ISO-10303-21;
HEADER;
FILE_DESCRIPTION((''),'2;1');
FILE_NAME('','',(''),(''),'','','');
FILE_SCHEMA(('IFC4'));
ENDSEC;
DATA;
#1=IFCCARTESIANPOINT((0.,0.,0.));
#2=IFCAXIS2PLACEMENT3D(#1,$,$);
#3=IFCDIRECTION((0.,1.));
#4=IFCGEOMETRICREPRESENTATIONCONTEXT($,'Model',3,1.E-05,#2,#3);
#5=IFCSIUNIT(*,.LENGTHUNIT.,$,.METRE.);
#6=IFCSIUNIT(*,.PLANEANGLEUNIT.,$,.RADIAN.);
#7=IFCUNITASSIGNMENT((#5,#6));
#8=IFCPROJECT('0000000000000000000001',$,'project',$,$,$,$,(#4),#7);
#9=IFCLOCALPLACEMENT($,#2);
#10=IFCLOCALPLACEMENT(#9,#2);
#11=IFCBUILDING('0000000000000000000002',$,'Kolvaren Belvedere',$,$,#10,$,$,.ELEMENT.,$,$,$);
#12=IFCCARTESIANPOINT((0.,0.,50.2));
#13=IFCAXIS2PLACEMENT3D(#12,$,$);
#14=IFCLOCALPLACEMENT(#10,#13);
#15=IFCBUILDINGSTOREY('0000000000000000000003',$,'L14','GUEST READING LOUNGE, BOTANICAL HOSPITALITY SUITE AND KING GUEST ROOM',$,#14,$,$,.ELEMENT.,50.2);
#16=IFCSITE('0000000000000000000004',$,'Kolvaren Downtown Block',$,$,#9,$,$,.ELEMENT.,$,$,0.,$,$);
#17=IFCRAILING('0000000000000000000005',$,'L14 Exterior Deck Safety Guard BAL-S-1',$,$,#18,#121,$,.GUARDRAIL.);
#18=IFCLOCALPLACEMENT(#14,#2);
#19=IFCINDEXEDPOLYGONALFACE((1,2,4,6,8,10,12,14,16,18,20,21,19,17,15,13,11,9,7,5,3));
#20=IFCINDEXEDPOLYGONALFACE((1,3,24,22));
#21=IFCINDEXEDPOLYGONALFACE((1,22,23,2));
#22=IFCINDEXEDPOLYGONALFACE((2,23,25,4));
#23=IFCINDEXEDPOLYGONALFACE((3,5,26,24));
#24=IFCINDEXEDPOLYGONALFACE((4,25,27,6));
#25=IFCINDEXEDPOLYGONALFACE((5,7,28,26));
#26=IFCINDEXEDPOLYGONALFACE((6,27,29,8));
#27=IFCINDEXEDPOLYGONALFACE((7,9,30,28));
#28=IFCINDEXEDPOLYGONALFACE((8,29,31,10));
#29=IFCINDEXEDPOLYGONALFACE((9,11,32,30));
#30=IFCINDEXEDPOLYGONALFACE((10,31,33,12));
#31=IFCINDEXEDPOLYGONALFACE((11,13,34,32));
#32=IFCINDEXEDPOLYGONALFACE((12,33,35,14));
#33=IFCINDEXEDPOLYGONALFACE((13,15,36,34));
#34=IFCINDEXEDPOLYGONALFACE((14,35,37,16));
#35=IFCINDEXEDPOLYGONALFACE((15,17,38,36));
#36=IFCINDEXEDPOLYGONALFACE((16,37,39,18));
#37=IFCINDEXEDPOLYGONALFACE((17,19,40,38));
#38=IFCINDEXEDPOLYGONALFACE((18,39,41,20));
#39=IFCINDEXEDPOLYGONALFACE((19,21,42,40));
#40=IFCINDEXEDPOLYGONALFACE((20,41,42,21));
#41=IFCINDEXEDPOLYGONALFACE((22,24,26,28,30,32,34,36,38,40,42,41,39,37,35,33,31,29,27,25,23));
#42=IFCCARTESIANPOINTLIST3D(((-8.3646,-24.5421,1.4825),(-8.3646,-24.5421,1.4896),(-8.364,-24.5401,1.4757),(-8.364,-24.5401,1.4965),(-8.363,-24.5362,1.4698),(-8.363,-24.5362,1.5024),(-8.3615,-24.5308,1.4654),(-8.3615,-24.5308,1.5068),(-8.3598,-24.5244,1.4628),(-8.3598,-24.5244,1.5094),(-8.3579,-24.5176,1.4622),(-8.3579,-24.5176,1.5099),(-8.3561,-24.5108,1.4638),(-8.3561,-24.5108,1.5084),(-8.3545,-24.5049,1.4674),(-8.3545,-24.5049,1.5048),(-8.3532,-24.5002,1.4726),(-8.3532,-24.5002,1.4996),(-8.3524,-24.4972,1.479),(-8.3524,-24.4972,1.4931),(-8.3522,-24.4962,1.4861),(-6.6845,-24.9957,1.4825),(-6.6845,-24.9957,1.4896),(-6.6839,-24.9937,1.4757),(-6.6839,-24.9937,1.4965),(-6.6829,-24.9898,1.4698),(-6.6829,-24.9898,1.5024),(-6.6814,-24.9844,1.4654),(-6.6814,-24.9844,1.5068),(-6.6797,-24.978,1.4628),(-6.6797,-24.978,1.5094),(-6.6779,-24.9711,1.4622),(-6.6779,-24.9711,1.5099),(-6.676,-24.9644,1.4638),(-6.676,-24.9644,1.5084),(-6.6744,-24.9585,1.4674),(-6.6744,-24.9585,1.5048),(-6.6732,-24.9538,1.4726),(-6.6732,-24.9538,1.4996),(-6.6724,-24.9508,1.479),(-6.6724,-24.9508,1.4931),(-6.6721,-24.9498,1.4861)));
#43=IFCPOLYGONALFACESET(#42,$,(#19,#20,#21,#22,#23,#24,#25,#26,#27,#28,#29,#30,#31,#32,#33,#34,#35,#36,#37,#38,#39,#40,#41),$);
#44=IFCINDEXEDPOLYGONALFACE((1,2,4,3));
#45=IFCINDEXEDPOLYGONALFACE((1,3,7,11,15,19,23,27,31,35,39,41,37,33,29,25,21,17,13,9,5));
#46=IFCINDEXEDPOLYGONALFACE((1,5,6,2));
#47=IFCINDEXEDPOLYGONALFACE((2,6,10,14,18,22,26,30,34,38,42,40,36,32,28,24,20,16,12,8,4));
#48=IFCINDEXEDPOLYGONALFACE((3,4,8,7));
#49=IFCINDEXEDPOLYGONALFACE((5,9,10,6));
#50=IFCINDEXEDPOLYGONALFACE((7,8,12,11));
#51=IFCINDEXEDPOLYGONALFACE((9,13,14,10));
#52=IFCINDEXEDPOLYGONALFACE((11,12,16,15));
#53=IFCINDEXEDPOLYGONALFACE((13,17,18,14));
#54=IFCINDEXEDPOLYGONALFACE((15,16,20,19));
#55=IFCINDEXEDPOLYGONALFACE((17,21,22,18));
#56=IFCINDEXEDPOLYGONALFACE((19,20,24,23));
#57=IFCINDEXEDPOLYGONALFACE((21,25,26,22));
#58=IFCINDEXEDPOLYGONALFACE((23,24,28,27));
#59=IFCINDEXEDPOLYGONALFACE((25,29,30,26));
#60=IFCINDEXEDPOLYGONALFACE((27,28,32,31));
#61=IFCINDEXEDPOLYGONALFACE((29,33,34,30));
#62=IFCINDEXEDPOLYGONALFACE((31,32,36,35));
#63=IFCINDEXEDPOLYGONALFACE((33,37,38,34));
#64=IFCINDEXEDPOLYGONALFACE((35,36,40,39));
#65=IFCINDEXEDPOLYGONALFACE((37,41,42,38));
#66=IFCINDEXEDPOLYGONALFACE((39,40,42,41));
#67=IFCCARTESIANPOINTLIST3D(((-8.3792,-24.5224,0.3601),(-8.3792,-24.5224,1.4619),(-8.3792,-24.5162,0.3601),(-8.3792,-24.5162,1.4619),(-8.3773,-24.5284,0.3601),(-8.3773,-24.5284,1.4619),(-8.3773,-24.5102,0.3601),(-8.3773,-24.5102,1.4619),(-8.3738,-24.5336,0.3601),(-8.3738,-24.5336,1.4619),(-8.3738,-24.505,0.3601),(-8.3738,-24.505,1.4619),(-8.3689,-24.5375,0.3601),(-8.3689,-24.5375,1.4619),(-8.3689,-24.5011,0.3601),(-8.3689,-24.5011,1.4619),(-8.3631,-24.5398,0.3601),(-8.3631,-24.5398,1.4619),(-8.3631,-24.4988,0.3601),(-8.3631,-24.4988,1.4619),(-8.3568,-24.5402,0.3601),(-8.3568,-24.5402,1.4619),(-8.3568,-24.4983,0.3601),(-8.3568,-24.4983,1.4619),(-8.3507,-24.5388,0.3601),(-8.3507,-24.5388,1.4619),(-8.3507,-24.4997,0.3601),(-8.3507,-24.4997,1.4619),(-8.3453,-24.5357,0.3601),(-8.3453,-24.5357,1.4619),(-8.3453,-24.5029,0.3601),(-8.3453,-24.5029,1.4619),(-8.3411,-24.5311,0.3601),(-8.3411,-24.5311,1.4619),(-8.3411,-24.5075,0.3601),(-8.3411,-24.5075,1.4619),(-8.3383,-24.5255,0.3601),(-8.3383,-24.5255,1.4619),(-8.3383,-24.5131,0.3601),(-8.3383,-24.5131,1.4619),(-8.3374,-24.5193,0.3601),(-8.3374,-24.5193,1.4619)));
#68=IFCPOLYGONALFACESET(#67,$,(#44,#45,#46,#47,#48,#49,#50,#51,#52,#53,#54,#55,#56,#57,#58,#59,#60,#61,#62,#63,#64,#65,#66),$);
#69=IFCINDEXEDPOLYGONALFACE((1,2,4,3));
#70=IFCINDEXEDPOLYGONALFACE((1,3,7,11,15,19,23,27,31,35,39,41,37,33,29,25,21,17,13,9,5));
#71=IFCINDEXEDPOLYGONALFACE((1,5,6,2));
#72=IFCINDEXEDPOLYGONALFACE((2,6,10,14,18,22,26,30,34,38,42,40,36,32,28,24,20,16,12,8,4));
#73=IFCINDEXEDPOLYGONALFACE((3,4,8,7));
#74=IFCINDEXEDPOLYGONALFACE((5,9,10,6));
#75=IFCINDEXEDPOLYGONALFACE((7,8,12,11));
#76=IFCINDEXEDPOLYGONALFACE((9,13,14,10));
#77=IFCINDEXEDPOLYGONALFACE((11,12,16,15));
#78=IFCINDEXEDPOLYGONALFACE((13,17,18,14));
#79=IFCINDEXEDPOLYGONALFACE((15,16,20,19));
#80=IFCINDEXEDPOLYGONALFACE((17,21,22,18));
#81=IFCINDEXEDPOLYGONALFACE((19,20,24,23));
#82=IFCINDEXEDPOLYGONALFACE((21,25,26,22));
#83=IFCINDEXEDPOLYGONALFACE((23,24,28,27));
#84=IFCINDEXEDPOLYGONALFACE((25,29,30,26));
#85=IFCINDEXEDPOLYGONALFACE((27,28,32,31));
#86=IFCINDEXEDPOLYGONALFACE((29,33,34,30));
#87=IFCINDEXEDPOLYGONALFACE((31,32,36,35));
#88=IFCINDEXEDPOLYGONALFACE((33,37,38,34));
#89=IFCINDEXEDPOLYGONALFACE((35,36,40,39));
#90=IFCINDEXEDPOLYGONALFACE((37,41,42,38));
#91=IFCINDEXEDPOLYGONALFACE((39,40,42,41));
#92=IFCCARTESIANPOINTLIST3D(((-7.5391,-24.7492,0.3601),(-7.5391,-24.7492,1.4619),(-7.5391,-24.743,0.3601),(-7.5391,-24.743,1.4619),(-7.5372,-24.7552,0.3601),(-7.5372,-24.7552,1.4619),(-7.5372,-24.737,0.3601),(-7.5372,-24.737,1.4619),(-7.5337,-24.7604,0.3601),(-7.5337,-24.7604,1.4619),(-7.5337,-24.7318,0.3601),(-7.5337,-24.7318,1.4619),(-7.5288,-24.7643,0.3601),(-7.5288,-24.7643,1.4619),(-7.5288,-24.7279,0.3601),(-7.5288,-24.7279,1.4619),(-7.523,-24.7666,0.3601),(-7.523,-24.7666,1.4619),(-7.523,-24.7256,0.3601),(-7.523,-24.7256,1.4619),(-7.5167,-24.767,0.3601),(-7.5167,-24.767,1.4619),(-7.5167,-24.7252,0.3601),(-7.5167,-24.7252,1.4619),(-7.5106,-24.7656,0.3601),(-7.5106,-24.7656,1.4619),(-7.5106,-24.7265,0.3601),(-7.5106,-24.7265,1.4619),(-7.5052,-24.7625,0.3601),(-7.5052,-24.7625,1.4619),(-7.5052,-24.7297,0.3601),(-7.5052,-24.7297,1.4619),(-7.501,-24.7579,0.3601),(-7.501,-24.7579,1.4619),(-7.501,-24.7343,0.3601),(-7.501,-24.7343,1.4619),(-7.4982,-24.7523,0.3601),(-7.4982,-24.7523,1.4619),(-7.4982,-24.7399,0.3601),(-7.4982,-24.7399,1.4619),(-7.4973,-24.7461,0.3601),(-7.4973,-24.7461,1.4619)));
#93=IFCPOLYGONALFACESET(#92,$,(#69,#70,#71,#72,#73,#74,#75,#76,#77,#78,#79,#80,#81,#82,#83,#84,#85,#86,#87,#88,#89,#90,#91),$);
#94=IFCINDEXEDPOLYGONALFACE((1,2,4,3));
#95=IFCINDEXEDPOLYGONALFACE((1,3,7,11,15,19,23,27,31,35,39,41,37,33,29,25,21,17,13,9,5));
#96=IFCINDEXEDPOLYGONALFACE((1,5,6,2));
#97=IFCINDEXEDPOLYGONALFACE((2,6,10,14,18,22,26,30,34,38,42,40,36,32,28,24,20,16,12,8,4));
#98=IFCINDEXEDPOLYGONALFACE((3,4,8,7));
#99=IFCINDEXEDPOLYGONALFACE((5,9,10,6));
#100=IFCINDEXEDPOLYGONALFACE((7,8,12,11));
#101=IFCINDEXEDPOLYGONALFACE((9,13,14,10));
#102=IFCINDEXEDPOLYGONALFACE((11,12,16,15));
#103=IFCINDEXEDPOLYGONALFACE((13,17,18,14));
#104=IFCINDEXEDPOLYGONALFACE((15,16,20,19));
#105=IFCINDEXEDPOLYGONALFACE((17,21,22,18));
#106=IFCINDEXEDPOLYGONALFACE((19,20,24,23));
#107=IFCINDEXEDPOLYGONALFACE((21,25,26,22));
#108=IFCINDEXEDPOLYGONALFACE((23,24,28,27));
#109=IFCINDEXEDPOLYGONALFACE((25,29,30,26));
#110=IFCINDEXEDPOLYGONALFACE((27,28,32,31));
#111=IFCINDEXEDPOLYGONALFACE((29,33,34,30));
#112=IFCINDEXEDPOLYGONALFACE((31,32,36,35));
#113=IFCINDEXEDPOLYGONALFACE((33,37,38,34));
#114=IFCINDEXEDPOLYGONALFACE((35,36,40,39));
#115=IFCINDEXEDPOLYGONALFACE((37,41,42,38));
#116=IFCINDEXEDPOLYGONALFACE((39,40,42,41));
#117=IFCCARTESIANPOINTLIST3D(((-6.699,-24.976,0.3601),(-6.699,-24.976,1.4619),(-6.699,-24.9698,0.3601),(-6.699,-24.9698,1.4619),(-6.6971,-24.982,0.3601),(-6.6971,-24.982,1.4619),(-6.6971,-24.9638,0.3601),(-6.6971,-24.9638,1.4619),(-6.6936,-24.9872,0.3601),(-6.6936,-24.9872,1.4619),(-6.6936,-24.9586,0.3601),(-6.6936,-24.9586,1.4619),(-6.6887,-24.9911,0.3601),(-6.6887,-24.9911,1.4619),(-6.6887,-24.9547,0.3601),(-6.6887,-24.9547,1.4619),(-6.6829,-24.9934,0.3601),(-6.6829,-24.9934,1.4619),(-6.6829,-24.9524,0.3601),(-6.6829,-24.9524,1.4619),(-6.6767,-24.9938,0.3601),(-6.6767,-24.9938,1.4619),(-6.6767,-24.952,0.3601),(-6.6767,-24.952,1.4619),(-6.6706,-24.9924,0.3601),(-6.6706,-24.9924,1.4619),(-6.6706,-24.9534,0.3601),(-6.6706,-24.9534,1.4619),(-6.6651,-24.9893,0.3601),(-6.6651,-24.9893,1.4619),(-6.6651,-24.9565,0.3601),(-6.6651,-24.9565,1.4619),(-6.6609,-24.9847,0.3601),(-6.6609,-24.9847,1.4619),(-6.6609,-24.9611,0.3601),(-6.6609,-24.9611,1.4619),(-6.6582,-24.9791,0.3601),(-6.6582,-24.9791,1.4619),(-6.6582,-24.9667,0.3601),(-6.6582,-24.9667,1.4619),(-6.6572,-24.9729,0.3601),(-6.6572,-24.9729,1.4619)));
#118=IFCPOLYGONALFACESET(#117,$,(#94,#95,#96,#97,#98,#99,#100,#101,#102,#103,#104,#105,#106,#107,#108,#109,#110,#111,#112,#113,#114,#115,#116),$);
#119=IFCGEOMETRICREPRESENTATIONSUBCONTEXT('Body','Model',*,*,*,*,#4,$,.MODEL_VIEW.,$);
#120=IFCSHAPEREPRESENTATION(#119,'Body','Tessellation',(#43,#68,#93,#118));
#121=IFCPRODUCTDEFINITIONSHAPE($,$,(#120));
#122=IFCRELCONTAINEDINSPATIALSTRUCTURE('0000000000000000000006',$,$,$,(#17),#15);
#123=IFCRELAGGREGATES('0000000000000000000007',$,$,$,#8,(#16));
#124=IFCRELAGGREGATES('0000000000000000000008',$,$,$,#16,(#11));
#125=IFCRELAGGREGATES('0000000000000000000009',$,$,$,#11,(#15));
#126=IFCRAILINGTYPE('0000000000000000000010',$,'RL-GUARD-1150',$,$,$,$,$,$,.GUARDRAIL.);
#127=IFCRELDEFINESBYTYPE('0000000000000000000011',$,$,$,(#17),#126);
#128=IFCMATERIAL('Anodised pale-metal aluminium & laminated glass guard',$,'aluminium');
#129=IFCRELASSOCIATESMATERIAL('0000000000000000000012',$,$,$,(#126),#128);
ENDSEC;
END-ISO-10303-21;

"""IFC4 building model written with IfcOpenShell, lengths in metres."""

from ifc_helpers import new_model, si_unit, direction, frame, origin, origin_2d, place, context, subcontext, project, spatial, circle, extrude, material, type_object, element, save


model = new_model("IFC4")

# Units and contexts
model_context = context("Model", 3, precision=1e-05, world=origin(), true_north=direction((0.0, 1.0)))
body_context = subcontext(model_context, "Body", "Model", "MODEL_VIEW")
ifc_project = project(units=[si_unit("LENGTHUNIT", "METRE"), si_unit("PLANEANGLEUNIT", "RADIAN")], contexts=[model_context])

# Site, building, storey
site_placement = place(None, origin())
site = spatial("IfcSite", under=ifc_project, at=site_placement, Name="Kolvaren Downtown Block", CompositionType="ELEMENT", RefElevation=0.0)
building_placement = place(site_placement, origin())
building = spatial("IfcBuilding", under=site, at=building_placement, Name="Kolvaren Belvedere", CompositionType="ELEMENT")
storey_placement = place(building_placement, frame((0.0, 0.0, 50.2)))
storey = spatial("IfcBuildingStorey", under=building, at=storey_placement, Name="L14", Description="GUEST READING LOUNGE, BOTANICAL HOSPITALITY SUITE AND KING GUEST ROOM", CompositionType="ELEMENT", Elevation=50.2)

# Railing
ifc_material_1 = material(Name="Anodised pale-metal aluminium & laminated glass guard", Category="aluminium")
railing_type = type_object("IfcRailingType", Name="RL-GUARD-1150", PredefinedType="GUARDRAIL", material=ifc_material_1)
railing_1_placement = place(storey_placement, frame((-8.3584, -24.5193, 0.3601)))
element("IfcRailing", 1, at=railing_1_placement, inside=storey, type_object=railing_type, Name="L14 Exterior Deck Safety Guard BAL-S-1", PredefinedType="GUARDRAIL", context=body_context, shape_type="SweptSolid", body=[
    extrude(circle(Radius=0.0239, at=origin_2d()), frame((0.0, 0.0, 1.126), z_axis=(0.965434, -0.260648, 0.0), x_axis=(0.260648, 0.965434, 0.0)), (0.0, 0.0, 1.0), 1.7402),
    extrude(circle(Radius=0.021, at=origin_2d()), origin(), (0.0, 0.0, 1.0), 1.1018),
    extrude(circle(Radius=0.021, at=origin_2d()), frame((0.8401, -0.2268, 0.0)), (0.0, 0.0, 1.0), 1.1018),
    extrude(circle(Radius=0.021, at=origin_2d()), frame((1.6802, -0.4536, 0.0)), (0.0, 0.0, 1.0), 1.1018),
])

save(model, "model.ifc")
